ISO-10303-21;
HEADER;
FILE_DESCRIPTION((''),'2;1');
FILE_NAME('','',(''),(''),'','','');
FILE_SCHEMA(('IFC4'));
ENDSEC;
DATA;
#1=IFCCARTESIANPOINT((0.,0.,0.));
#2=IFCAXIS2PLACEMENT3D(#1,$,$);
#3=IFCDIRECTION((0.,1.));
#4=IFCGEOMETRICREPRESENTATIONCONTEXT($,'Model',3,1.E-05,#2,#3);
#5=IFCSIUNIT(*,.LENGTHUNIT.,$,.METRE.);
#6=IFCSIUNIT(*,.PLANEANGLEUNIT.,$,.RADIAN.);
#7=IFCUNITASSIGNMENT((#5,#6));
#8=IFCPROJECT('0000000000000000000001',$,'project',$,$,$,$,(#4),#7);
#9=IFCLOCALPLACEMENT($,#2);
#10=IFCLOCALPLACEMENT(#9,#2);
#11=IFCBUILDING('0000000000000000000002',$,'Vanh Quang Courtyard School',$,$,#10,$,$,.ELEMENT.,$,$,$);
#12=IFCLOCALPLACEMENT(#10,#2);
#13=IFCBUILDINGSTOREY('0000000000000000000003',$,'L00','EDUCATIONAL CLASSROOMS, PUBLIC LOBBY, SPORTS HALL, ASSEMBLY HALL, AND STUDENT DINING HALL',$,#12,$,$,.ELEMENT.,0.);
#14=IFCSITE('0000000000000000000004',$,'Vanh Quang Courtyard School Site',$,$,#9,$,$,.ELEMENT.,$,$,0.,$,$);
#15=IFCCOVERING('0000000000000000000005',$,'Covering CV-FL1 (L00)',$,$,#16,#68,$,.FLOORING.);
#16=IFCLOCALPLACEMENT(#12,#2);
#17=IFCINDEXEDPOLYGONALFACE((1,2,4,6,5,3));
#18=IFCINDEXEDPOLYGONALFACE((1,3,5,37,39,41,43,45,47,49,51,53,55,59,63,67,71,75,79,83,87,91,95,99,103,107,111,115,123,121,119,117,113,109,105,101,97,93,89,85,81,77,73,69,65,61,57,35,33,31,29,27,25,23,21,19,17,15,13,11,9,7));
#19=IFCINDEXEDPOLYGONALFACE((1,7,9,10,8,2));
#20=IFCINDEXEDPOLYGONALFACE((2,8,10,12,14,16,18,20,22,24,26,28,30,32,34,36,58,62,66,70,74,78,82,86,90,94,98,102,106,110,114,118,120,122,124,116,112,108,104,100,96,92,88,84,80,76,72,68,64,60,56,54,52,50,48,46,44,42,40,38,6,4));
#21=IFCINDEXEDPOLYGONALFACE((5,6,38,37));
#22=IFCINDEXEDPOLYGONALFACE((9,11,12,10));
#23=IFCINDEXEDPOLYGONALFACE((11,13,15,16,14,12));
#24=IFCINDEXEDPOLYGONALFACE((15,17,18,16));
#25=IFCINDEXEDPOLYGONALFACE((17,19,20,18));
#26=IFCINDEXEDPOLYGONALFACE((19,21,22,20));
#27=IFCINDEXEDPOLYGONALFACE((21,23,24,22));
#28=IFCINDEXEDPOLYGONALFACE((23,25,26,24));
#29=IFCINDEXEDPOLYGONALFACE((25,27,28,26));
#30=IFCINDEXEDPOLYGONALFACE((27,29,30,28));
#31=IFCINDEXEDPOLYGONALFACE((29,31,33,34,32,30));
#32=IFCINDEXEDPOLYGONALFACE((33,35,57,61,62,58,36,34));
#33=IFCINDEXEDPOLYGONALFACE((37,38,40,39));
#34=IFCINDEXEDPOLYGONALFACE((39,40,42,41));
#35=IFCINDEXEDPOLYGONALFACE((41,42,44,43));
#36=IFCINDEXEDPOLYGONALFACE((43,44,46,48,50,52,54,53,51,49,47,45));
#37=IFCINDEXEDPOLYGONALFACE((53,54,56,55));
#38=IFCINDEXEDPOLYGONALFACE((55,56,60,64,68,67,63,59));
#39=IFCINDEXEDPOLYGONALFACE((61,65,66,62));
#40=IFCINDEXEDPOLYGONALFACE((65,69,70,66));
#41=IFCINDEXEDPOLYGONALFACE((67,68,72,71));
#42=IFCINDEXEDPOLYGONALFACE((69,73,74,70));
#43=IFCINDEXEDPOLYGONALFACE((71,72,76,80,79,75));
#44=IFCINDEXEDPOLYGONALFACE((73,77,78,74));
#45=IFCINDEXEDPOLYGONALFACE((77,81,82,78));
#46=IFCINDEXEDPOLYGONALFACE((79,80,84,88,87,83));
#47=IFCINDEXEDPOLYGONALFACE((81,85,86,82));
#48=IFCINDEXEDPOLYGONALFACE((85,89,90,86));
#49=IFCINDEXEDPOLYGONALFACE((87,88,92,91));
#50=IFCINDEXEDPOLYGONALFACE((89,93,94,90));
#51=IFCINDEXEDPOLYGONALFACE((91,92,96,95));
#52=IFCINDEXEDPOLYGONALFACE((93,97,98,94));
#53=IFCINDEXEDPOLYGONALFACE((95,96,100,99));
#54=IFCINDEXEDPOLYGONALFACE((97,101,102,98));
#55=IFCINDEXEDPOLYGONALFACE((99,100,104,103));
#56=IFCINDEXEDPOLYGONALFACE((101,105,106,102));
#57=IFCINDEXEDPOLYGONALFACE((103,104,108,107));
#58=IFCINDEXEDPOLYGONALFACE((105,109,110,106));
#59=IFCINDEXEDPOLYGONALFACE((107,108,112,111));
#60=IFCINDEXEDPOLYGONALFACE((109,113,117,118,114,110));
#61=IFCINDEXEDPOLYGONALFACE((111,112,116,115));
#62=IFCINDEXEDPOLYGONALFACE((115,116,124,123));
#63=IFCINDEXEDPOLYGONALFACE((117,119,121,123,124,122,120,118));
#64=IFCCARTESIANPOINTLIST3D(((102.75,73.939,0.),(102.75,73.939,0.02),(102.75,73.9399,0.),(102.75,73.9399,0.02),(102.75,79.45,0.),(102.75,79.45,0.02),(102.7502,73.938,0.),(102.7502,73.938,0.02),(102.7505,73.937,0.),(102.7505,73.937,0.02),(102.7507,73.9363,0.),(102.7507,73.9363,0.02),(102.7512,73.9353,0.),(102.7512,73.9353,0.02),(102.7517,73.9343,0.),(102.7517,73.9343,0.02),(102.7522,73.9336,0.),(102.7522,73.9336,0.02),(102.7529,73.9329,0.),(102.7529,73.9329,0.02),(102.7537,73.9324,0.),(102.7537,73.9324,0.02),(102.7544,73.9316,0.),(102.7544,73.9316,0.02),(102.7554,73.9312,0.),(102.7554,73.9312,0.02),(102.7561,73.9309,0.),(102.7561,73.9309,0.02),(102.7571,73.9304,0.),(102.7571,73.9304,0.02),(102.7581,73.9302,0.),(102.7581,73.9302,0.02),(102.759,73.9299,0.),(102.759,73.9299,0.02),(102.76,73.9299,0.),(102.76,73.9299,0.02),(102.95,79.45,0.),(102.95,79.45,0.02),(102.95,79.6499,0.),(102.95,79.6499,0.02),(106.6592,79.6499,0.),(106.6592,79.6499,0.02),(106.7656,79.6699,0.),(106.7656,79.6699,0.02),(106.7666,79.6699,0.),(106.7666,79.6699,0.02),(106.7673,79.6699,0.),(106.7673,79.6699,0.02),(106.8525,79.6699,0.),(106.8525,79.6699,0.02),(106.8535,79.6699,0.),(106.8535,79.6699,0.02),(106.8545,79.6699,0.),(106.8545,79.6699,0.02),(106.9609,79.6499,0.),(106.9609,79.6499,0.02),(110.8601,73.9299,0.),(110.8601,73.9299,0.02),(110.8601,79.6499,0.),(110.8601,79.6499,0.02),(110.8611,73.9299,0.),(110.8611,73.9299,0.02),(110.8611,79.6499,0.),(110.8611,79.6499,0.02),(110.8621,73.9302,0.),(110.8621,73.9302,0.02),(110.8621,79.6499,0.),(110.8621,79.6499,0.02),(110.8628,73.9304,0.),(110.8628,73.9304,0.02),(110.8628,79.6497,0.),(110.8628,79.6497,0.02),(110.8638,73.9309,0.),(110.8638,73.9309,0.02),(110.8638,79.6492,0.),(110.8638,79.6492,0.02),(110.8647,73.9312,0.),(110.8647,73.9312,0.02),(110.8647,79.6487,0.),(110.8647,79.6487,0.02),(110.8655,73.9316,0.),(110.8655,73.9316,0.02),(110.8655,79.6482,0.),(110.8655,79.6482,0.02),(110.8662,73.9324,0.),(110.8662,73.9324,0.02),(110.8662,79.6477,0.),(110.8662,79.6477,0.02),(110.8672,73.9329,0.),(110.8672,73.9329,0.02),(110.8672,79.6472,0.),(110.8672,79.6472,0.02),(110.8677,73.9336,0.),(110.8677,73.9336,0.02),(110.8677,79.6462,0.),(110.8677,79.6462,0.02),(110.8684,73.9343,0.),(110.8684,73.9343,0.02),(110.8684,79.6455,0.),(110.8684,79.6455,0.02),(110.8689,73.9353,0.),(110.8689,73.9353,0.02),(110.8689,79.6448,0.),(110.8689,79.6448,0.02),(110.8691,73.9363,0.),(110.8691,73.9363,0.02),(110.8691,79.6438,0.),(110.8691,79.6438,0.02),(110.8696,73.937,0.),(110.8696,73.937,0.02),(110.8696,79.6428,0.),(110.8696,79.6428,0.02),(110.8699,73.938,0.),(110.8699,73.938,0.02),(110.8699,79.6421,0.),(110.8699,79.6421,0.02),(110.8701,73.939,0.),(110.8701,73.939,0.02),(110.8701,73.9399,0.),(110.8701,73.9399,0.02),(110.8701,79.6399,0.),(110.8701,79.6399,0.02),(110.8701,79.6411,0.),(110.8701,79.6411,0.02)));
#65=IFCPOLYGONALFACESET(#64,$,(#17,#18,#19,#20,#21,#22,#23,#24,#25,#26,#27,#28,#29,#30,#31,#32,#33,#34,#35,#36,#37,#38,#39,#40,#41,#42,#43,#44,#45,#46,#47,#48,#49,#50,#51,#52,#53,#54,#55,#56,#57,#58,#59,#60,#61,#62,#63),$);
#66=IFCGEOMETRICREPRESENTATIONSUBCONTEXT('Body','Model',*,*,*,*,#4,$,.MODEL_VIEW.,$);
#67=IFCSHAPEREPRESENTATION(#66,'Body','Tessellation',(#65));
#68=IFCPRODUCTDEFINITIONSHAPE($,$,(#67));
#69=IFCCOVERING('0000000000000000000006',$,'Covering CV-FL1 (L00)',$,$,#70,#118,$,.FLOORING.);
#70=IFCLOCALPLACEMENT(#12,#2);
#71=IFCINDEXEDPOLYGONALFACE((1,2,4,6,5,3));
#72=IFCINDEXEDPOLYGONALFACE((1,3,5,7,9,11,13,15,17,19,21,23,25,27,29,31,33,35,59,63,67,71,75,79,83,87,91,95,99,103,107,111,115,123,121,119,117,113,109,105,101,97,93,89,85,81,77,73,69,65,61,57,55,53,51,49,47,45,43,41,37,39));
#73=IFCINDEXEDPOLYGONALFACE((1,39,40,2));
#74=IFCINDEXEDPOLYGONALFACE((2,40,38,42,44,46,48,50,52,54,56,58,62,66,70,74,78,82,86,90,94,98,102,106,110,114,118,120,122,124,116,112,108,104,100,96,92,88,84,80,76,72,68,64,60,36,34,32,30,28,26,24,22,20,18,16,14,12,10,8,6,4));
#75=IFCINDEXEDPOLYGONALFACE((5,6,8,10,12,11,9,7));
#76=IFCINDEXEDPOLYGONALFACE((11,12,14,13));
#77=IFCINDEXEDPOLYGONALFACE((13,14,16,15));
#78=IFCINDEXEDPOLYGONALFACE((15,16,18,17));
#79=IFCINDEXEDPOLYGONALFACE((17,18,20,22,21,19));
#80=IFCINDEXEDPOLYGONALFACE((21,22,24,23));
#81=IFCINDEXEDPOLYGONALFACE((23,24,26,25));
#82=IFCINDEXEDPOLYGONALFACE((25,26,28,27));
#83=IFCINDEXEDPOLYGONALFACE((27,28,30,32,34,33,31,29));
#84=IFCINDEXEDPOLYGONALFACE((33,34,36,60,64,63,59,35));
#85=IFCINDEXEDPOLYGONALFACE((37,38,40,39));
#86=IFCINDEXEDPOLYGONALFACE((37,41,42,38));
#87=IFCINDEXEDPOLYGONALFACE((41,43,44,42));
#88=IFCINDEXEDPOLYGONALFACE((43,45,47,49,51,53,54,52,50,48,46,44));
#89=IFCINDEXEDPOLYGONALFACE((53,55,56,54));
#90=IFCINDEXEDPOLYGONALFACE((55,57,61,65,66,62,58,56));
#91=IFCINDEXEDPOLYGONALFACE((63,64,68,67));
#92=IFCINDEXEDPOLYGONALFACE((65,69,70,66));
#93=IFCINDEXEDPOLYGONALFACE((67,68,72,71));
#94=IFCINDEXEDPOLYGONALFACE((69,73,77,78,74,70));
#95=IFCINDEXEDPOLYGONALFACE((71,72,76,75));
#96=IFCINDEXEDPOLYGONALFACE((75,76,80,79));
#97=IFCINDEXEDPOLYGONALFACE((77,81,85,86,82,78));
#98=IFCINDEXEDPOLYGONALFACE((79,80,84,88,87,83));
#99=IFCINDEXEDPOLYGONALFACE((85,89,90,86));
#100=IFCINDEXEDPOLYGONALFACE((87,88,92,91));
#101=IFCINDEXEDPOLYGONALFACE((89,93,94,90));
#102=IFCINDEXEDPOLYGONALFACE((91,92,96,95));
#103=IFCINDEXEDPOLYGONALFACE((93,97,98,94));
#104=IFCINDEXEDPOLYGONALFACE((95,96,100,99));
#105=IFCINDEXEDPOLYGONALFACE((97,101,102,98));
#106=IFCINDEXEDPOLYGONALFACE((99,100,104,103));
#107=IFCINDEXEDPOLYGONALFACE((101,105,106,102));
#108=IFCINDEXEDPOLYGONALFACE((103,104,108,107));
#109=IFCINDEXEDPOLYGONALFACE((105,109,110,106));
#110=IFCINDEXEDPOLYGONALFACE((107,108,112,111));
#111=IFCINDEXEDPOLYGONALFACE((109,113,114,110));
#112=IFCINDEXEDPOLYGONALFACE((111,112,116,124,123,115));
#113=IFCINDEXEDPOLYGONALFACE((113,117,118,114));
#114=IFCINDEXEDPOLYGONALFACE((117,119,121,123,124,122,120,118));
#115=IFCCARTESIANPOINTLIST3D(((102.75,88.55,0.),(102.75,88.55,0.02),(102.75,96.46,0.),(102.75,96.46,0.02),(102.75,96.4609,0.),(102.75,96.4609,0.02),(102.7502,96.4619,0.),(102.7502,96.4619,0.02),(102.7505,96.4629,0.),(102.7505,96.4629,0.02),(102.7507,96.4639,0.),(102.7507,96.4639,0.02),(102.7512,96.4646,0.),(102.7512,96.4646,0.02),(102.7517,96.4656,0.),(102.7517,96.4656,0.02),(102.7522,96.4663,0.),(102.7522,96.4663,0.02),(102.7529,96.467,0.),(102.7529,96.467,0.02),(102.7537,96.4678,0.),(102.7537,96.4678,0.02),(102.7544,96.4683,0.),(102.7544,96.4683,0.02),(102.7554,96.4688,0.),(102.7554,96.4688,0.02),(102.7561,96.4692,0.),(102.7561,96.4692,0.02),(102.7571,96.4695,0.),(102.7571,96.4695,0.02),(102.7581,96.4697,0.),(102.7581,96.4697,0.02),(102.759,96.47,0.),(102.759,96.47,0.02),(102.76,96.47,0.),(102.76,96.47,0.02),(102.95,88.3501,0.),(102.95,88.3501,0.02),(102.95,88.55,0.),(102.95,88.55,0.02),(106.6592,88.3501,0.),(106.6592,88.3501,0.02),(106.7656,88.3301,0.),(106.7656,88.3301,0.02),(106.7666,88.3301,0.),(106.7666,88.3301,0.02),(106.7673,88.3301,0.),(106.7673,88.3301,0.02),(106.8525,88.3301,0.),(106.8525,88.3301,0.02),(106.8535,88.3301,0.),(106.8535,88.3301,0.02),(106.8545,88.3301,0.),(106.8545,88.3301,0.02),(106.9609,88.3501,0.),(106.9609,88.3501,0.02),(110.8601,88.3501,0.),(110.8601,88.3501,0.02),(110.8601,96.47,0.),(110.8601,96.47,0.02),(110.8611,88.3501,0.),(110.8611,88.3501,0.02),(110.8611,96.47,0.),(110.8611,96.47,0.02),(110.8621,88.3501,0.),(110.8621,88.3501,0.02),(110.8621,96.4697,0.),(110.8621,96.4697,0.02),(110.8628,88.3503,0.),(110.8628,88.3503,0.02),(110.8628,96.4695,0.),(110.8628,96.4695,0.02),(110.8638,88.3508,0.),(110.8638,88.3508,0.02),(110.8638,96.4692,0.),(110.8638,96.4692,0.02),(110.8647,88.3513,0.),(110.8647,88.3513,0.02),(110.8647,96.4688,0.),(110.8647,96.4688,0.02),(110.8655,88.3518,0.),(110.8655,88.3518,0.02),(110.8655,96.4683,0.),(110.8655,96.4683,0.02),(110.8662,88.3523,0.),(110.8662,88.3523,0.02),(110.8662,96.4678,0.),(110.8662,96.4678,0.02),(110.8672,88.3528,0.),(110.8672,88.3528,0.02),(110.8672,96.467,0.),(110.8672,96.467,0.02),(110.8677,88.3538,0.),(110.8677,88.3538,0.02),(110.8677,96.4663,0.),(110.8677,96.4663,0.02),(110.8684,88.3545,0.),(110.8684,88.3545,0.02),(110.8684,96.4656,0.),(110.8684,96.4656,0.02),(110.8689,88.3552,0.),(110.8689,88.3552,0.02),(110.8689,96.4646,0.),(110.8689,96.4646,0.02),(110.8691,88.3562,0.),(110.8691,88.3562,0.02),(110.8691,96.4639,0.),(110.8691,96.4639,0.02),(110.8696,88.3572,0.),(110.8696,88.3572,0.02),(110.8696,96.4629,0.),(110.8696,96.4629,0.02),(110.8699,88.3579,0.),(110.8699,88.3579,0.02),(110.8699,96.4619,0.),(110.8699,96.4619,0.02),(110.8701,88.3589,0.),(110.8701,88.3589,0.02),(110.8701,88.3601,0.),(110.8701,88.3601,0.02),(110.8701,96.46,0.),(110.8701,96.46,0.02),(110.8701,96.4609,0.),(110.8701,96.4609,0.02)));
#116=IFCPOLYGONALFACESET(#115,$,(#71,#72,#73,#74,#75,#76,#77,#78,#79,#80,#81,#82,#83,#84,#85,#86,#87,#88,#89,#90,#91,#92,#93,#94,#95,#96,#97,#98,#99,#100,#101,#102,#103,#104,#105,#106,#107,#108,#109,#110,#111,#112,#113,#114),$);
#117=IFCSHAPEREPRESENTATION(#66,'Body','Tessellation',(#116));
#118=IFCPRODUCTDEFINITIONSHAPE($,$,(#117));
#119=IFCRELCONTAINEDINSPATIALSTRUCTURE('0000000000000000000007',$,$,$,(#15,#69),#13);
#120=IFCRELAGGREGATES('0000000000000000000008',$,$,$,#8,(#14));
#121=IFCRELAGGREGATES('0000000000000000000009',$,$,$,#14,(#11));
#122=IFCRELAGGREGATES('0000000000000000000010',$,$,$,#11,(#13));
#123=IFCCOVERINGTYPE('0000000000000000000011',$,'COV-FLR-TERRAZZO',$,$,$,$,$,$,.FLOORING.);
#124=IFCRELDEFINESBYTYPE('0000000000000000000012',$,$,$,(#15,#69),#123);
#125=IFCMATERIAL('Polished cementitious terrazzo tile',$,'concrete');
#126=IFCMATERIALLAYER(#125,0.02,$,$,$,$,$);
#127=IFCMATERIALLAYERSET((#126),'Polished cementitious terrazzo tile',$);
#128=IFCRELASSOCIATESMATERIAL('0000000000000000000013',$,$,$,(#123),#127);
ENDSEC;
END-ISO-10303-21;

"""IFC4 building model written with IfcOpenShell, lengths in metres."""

from ifc_helpers import new_model, si_unit, direction, origin, place, context, subcontext, project, spatial, polyline, outline, extrude, material, layer, layer_set, type_object, element, save


model = new_model("IFC4")

# Units and contexts
model_context = context("Model", 3, precision=1e-05, world=origin(), true_north=direction((0.0, 1.0)))
body_context = subcontext(model_context, "Body", "Model", "MODEL_VIEW")
ifc_project = project(units=[si_unit("LENGTHUNIT", "METRE"), si_unit("PLANEANGLEUNIT", "RADIAN")], contexts=[model_context])

# Site, building, storey
site_placement = place(None, origin())
site = spatial("IfcSite", under=ifc_project, at=site_placement, Name="Vanh Quang Courtyard School Site", CompositionType="ELEMENT", RefElevation=0.0)
building_placement = place(site_placement, origin())
building = spatial("IfcBuilding", under=site, at=building_placement, Name="Vanh Quang Courtyard School", CompositionType="ELEMENT")
storey_placement = place(building_placement, origin())
storey = spatial("IfcBuildingStorey", under=building, at=storey_placement, Name="L00", Description="EDUCATIONAL CLASSROOMS, PUBLIC LOBBY, SPORTS HALL, ASSEMBLY HALL, AND STUDENT DINING HALL", CompositionType="ELEMENT", Elevation=0.0)

# Coverings
ifc_material_1 = material(Name="Polished cementitious terrazzo tile", Category="concrete")
ifc_layer_1 = layer(ifc_material_1, 0.02)
ifc_layer_set_1 = layer_set([ifc_layer_1], Name="Polished cementitious terrazzo tile")
covering_type_1 = type_object("IfcCoveringType", Name="COV-FLR-TERRAZZO", PredefinedType="FLOORING", material=ifc_layer_set_1)
covering_1_placement = place(storey_placement, origin())
element("IfcCovering", 1, at=covering_1_placement, inside=storey, type_object=covering_type_1, Name="Covering CV-FL1 (L00)", PredefinedType="FLOORING", context=body_context, shape_type="SweptSolid", body=[
    extrude(outline(polyline([(102.75, 79.45), (102.95, 79.45), (102.95, 79.6499), (106.6592, 79.6499), (106.7656, 79.6699), (106.7666, 79.6699), (106.7673, 79.6699), (106.8525, 79.6699), (106.8535, 79.6699), (106.8545, 79.6699), (106.9609, 79.6499), (110.8601, 79.6499), (110.8611, 79.6499), (110.8621, 79.6499), (110.8628, 79.6497), (110.8638, 79.6492), (110.8647, 79.6487), (110.8655, 79.6482), (110.8662, 79.6477), (110.8672, 79.6472), (110.8677, 79.6462), (110.8684, 79.6455), (110.8689, 79.6448), (110.8691, 79.6438), (110.8696, 79.6428), (110.8699, 79.6421), (110.8701, 79.6411), (110.8701, 79.6399), (110.8701, 73.9399), (110.8701, 73.939), (110.8699, 73.938), (110.8696, 73.937), (110.8691, 73.9363), (110.8689, 73.9353), (110.8684, 73.9343), (110.8677, 73.9336), (110.8672, 73.9329), (110.8662, 73.9324), (110.8655, 73.9316), (110.8647, 73.9312), (110.8638, 73.9309), (110.8628, 73.9304), (110.8621, 73.9302), (110.8611, 73.9299), (110.8601, 73.9299), (102.76, 73.9299), (102.759, 73.9299), (102.7581, 73.9302), (102.7571, 73.9304), (102.7561, 73.9309), (102.7554, 73.9312), (102.7544, 73.9316), (102.7537, 73.9324), (102.7529, 73.9329), (102.7522, 73.9336), (102.7517, 73.9343), (102.7512, 73.9353), (102.7507, 73.9363), (102.7505, 73.937), (102.7502, 73.938), (102.75, 73.939), (102.75, 73.9399), (102.75, 79.45)])), origin(), (0.0, 0.0, 1.0), 0.02),
])
covering_2_placement = place(storey_placement, origin())
element("IfcCovering", 2, at=covering_2_placement, inside=storey, type_object=covering_type_1, Name="Covering CV-FL1 (L00)", PredefinedType="FLOORING", context=body_context, shape_type="SweptSolid", body=[
    extrude(outline(polyline([(102.95, 88.3501), (102.95, 88.55), (102.75, 88.55), (102.75, 96.46), (102.75, 96.4609), (102.7502, 96.4619), (102.7505, 96.4629), (102.7507, 96.4639), (102.7512, 96.4646), (102.7517, 96.4656), (102.7522, 96.4663), (102.7529, 96.467), (102.7537, 96.4678), (102.7544, 96.4683), (102.7554, 96.4688), (102.7561, 96.4692), (102.7571, 96.4695), (102.7581, 96.4697), (102.759, 96.47), (102.76, 96.47), (110.8601, 96.47), (110.8611, 96.47), (110.8621, 96.4697), (110.8628, 96.4695), (110.8638, 96.4692), (110.8647, 96.4688), (110.8655, 96.4683), (110.8662, 96.4678), (110.8672, 96.467), (110.8677, 96.4663), (110.8684, 96.4656), (110.8689, 96.4646), (110.8691, 96.4639), (110.8696, 96.4629), (110.8699, 96.4619), (110.8701, 96.4609), (110.8701, 96.46), (110.8701, 88.3601), (110.8701, 88.3589), (110.8699, 88.3579), (110.8696, 88.3572), (110.8691, 88.3562), (110.8689, 88.3552), (110.8684, 88.3545), (110.8677, 88.3538), (110.8672, 88.3528), (110.8662, 88.3523), (110.8655, 88.3518), (110.8647, 88.3513), (110.8638, 88.3508), (110.8628, 88.3503), (110.8621, 88.3501), (110.8611, 88.3501), (110.8601, 88.3501), (106.9609, 88.3501), (106.8545, 88.3301), (106.8535, 88.3301), (106.8525, 88.3301), (106.7673, 88.3301), (106.7666, 88.3301), (106.7656, 88.3301), (106.6592, 88.3501), (102.95, 88.3501)])), origin(), (0.0, 0.0, 1.0), 0.02),
])

save(model, "model.ifc")
